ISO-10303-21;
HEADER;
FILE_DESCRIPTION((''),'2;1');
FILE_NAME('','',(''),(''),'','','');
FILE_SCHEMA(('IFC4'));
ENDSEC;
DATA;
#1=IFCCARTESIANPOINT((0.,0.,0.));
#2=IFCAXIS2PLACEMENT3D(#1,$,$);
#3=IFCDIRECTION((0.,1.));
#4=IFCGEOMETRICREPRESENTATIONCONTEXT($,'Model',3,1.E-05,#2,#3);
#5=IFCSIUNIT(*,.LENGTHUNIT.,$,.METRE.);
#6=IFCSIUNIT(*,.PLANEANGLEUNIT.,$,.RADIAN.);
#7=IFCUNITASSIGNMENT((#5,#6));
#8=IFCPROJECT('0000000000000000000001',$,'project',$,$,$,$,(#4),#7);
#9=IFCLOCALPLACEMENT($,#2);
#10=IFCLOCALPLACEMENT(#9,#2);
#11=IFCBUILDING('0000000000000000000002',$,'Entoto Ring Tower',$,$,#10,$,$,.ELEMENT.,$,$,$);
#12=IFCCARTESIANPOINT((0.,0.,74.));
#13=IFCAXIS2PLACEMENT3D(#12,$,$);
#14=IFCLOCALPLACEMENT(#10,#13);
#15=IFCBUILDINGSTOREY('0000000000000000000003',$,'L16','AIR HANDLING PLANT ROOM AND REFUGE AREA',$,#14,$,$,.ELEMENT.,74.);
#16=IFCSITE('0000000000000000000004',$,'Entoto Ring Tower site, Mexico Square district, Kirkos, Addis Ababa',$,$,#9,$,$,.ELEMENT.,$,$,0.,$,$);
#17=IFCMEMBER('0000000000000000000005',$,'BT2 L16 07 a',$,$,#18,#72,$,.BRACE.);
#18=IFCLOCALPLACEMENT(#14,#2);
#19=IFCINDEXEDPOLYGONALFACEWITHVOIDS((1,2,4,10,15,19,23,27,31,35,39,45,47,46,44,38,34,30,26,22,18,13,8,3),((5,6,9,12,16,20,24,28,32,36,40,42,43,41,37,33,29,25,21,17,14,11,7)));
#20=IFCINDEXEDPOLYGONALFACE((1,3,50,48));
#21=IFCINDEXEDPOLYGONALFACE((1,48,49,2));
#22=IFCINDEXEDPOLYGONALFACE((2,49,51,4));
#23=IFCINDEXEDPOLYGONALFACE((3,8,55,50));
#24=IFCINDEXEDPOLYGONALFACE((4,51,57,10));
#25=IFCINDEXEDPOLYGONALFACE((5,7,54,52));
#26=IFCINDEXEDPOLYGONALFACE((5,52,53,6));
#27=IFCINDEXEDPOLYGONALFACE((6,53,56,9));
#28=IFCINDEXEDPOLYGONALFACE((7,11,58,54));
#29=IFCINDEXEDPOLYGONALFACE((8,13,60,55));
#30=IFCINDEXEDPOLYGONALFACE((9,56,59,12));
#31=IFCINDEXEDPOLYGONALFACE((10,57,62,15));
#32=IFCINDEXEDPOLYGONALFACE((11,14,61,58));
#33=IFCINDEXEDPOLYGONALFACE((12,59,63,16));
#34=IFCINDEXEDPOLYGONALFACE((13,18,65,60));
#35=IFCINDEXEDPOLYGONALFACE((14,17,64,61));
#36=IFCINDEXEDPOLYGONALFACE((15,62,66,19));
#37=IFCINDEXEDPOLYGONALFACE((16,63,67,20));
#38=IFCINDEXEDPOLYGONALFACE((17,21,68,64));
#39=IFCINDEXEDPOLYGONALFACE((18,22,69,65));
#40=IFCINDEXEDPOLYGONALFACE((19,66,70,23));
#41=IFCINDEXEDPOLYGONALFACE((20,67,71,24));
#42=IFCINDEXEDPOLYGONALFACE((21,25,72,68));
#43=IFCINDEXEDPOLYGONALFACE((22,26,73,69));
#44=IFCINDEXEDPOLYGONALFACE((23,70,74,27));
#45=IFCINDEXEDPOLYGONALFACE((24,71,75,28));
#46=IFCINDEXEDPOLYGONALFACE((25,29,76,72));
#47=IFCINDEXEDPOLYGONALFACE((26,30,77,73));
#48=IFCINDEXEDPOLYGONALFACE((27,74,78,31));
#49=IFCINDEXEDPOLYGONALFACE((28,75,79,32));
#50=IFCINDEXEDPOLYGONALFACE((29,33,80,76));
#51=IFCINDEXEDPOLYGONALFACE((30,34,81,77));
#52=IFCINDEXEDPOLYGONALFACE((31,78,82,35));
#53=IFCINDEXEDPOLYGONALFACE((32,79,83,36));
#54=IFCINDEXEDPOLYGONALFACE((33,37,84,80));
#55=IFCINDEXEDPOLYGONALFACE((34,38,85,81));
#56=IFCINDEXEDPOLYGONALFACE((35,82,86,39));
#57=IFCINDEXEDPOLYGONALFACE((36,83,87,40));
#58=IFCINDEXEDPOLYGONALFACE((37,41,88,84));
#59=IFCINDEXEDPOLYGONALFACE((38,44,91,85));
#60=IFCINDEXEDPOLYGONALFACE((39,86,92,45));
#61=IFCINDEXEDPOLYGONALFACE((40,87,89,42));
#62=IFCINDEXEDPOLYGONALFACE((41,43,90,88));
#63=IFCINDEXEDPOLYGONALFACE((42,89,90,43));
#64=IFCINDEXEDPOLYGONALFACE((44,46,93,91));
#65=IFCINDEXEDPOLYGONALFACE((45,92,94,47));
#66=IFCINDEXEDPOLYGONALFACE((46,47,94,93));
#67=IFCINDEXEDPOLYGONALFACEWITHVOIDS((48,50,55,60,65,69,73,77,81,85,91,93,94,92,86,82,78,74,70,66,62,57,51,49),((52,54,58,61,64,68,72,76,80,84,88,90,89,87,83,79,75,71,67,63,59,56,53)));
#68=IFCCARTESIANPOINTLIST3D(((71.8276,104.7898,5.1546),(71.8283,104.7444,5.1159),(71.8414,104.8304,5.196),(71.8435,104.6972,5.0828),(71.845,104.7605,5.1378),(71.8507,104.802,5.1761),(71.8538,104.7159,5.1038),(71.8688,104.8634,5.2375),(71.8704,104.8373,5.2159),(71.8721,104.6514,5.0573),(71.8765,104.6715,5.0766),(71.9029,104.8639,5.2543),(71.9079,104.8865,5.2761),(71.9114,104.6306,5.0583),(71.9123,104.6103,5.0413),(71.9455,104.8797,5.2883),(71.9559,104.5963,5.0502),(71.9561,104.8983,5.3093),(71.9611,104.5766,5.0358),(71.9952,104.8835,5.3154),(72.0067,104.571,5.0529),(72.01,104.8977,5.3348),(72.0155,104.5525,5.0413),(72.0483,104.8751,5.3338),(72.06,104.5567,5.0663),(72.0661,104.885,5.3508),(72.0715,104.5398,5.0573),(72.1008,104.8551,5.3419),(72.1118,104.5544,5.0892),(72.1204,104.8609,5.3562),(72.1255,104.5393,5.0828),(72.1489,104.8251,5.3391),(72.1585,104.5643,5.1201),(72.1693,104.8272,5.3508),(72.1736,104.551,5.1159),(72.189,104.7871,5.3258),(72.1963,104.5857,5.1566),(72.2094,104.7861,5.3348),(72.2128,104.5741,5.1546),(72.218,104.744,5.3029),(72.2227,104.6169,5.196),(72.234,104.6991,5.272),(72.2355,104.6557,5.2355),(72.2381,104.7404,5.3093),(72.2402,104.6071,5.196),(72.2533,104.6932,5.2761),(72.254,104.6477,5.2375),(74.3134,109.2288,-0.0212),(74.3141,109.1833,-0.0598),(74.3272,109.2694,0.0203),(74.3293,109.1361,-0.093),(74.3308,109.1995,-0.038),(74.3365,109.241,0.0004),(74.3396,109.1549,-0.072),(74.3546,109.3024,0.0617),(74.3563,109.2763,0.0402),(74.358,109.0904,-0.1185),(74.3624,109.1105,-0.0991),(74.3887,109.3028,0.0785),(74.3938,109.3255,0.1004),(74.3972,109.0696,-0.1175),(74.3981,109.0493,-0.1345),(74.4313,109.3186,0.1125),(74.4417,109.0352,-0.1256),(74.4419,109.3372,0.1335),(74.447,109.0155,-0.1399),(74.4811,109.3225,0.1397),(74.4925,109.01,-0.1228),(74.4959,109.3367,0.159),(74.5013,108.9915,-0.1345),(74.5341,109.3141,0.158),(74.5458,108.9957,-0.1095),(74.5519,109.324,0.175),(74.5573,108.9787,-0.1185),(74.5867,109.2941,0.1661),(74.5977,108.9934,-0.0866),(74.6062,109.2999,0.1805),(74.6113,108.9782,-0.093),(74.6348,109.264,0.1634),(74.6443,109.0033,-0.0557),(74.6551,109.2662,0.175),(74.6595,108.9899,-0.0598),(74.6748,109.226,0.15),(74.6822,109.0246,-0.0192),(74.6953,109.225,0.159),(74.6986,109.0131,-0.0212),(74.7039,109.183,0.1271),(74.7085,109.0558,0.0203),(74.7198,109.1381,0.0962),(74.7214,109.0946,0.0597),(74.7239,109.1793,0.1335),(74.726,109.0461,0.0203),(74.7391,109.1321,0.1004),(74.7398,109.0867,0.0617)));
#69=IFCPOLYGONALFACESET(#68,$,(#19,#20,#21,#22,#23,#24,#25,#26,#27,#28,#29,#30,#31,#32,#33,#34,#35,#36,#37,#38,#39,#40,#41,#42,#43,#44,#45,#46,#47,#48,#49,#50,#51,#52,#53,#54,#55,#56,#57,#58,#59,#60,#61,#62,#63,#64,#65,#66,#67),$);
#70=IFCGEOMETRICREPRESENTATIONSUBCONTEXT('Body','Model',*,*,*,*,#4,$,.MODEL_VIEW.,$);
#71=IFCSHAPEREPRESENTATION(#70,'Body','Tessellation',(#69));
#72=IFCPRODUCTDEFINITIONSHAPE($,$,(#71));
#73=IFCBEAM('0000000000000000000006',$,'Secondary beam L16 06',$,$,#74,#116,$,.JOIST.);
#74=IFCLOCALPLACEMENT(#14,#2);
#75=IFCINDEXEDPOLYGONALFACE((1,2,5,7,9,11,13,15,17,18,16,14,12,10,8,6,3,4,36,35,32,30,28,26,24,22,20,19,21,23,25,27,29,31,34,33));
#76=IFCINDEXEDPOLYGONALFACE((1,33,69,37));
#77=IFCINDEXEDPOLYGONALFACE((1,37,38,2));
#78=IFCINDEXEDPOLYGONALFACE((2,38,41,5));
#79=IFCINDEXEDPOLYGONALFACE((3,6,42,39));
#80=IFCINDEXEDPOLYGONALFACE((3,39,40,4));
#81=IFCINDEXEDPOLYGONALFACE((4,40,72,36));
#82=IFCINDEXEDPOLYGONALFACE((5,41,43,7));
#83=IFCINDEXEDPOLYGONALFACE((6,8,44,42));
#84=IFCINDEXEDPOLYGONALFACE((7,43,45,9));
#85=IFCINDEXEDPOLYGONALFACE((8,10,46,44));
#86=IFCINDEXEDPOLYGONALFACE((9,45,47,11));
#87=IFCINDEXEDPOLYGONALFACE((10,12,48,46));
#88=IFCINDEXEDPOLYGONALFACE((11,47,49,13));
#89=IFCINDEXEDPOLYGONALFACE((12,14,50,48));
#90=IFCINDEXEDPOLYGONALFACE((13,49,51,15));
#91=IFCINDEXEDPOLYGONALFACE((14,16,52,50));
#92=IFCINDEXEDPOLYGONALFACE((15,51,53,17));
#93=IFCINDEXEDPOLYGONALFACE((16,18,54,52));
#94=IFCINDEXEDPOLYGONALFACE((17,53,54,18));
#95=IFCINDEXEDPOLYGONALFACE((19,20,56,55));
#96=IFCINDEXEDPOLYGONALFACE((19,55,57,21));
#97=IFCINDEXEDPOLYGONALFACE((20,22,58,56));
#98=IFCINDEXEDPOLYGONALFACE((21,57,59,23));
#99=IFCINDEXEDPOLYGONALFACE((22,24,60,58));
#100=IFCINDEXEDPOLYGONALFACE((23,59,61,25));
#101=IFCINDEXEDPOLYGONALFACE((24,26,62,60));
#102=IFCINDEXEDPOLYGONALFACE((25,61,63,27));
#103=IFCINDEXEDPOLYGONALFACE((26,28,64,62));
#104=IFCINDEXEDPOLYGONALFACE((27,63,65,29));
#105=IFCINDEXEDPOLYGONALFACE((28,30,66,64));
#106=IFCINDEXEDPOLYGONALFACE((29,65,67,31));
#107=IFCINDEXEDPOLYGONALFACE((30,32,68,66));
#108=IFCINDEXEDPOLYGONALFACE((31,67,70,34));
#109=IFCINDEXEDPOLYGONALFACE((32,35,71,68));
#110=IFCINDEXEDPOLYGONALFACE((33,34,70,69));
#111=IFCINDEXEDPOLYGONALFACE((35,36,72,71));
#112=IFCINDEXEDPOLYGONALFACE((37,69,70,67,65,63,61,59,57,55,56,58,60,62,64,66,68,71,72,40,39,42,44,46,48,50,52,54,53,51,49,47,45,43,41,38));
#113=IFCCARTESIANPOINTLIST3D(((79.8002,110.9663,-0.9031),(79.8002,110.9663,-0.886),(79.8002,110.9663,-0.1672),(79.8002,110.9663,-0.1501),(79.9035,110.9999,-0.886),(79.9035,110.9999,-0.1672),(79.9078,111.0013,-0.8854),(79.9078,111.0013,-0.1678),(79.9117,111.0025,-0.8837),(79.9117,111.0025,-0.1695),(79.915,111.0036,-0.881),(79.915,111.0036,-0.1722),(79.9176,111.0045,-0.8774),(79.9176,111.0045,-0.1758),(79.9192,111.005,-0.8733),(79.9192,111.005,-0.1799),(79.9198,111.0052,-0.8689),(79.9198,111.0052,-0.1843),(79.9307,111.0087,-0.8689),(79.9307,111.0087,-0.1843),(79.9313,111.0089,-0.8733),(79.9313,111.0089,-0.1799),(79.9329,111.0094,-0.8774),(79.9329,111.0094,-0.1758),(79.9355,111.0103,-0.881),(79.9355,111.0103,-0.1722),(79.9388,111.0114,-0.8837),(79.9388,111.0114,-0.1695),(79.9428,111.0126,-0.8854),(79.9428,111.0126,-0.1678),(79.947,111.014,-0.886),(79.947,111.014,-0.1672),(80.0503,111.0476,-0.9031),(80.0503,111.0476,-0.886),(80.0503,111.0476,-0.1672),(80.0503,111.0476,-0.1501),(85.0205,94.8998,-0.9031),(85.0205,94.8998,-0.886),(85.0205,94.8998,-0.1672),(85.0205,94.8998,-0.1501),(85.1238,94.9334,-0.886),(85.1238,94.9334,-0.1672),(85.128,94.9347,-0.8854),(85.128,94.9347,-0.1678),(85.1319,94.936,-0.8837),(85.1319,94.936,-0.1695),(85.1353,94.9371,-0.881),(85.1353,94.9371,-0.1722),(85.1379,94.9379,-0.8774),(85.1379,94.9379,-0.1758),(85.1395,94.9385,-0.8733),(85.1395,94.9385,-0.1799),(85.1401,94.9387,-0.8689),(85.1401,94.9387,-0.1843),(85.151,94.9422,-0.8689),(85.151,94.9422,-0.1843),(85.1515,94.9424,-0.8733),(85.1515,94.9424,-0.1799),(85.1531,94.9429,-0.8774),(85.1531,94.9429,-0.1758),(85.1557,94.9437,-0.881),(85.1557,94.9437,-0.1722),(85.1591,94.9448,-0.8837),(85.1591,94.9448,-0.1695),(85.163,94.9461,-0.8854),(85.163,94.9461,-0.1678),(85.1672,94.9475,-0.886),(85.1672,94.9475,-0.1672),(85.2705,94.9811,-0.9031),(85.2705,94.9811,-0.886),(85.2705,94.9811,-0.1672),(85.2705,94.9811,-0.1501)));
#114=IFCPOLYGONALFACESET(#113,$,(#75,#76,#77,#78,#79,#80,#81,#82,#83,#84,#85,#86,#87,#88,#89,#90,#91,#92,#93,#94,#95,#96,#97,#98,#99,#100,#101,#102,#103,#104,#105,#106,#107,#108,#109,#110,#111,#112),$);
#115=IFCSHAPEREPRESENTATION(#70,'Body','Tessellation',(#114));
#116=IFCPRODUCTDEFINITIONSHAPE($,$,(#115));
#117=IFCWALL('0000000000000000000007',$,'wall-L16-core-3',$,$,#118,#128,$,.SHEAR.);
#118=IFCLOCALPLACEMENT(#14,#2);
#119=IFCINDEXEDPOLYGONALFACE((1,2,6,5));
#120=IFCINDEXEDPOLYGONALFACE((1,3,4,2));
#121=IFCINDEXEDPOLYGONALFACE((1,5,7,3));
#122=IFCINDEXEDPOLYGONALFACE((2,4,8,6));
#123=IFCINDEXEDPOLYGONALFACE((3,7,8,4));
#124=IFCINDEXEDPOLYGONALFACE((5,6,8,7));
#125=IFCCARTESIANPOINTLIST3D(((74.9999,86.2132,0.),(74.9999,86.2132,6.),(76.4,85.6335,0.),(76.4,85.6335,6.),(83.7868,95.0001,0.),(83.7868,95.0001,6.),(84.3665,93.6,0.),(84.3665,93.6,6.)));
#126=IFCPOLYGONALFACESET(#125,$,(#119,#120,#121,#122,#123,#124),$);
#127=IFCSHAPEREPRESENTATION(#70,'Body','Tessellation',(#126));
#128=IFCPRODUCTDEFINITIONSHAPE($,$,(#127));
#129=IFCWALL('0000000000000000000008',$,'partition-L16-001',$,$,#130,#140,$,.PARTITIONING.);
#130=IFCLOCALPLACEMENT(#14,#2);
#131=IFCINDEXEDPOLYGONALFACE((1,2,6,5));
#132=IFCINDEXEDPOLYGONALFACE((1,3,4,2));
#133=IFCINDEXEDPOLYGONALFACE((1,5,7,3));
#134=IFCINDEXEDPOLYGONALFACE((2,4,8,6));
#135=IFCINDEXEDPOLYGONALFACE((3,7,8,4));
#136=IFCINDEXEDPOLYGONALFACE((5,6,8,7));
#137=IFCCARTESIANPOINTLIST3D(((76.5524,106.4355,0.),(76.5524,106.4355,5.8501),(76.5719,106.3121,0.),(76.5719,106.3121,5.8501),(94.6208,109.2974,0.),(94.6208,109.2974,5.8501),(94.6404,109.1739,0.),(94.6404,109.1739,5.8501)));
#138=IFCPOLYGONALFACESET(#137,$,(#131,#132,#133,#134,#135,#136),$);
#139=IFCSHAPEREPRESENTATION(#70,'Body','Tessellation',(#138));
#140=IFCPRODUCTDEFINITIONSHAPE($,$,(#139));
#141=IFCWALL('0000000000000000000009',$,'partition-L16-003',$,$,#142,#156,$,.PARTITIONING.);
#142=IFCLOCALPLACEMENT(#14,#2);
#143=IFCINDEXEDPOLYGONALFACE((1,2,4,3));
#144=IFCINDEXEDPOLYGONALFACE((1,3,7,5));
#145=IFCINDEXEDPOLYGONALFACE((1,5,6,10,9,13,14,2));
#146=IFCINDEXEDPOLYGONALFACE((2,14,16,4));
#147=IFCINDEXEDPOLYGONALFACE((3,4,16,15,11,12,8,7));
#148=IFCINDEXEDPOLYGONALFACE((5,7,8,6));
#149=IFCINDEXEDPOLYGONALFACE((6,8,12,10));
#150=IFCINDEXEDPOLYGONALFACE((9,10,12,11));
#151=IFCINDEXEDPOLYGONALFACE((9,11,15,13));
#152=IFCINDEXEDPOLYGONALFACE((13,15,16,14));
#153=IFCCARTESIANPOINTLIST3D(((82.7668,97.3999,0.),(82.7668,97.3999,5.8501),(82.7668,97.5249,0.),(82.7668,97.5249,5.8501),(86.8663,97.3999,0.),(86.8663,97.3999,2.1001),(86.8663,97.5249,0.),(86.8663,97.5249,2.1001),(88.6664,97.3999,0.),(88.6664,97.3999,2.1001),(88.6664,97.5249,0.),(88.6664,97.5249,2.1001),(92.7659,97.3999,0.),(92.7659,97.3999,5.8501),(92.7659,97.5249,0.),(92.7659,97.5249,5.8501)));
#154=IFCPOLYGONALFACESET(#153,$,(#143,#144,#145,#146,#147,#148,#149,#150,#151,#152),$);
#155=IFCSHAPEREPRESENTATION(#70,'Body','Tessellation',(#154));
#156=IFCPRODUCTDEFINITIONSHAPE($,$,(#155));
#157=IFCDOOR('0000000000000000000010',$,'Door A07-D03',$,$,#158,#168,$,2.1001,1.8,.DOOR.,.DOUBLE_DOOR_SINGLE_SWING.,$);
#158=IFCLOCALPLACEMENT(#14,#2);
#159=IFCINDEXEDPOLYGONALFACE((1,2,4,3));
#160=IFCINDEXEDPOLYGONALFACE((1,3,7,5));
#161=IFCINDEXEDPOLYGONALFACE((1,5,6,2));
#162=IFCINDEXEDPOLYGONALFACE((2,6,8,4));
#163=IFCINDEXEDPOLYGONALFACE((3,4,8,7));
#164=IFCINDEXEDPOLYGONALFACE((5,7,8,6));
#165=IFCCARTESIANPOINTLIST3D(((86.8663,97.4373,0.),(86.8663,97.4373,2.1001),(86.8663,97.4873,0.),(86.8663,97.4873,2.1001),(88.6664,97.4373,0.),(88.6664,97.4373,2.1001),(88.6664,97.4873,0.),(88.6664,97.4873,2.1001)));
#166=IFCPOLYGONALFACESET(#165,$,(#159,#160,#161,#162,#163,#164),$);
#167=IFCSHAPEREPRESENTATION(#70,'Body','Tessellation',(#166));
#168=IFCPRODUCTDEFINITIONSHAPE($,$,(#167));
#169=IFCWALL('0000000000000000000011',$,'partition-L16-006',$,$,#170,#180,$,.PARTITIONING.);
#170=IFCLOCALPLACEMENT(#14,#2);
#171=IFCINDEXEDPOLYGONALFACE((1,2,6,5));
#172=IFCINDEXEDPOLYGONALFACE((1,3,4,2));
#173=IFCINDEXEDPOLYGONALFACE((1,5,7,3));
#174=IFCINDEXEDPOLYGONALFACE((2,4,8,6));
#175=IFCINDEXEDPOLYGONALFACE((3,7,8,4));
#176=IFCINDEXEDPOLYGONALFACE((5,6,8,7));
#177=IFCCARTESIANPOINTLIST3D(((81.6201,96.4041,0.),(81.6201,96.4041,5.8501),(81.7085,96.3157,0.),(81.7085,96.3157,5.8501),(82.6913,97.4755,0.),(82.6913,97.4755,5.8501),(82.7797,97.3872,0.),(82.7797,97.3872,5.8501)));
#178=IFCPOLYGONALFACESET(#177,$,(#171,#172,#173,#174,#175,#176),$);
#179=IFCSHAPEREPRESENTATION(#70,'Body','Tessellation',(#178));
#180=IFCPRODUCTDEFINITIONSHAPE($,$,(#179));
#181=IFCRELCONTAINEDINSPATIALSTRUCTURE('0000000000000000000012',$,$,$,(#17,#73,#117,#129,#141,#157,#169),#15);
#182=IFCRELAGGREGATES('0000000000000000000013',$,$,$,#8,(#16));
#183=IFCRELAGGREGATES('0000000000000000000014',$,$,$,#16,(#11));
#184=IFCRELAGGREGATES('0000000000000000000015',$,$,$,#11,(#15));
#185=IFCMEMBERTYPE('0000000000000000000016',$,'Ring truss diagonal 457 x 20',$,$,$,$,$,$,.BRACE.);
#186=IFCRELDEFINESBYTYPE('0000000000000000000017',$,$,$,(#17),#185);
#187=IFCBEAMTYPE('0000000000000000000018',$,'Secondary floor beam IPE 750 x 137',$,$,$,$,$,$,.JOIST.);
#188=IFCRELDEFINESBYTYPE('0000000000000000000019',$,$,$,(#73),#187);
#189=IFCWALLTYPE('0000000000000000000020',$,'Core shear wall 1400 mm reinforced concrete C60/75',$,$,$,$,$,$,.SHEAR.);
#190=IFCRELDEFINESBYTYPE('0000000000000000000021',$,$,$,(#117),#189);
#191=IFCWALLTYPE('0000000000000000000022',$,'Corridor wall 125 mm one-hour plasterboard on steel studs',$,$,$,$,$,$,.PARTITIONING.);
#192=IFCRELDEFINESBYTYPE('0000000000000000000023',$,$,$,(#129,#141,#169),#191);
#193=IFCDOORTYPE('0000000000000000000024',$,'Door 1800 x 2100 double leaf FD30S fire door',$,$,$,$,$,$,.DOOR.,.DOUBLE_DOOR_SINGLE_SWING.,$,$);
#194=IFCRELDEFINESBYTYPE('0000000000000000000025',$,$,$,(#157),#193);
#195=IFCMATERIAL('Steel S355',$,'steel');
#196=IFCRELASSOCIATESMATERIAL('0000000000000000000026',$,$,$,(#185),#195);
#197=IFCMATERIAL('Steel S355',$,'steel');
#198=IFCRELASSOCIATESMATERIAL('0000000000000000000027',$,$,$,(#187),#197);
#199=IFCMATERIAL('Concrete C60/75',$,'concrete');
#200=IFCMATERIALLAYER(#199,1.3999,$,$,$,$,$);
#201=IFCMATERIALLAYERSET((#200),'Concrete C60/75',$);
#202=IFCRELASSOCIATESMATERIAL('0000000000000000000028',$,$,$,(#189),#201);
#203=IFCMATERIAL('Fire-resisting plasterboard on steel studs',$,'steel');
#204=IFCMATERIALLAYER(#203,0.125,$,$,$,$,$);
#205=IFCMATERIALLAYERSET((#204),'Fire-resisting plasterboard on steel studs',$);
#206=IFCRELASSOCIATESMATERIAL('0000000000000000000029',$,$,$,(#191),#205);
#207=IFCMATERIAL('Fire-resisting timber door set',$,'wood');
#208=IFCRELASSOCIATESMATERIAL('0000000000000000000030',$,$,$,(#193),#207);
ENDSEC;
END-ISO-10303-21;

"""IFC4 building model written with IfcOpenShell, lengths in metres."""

from ifc_helpers import new_model, si_unit, direction, frame, frame_2d, origin, origin_2d, place, context, subcontext, project, spatial, polyline, rectangle, circle, hollow_circle, i_section, outline, extrude, material, layer, layer_set, material_profile, profile_set, type_object, element, fill, save


model = new_model("IFC4")

# Units and contexts
model_context = context("Model", 3, precision=1e-05, world=origin(), true_north=direction((0.0, 1.0)))
body_context = subcontext(model_context, "Body", "Model", "MODEL_VIEW")
ifc_project = project(units=[si_unit("LENGTHUNIT", "METRE"), si_unit("PLANEANGLEUNIT", "RADIAN")], contexts=[model_context])

# Site, building, storey
site_placement = place(None, origin())
site = spatial("IfcSite", under=ifc_project, at=site_placement, Name="Entoto Ring Tower site, Mexico Square district, Kirkos, Addis Ababa", CompositionType="ELEMENT", RefElevation=0.0)
building_placement = place(site_placement, origin())
building = spatial("IfcBuilding", under=site, at=building_placement, Name="Entoto Ring Tower", CompositionType="ELEMENT")
storey_placement = place(building_placement, frame((0.0, 0.0, 74.0)))
storey = spatial("IfcBuildingStorey", under=building, at=storey_placement, Name="L16", Description="AIR HANDLING PLANT ROOM AND REFUGE AREA", CompositionType="ELEMENT", Elevation=74.0)

# Member
ifc_material_1 = material(Name="Steel S355", Category="steel")
ifc_material_profile_1 = material_profile(ifc_material_1, hollow_circle(Radius=0.2285, WallThickness=0.02, at=origin_2d()), Name="CHS 457 x 20")
ifc_material_2 = material(Name="Concrete C60/75", Category="concrete")
ifc_material_profile_2 = material_profile(ifc_material_2, circle(Radius=0.2085, at=origin_2d()), Name="Concrete C60/75 infill")
ifc_profile_set_1 = profile_set([ifc_material_profile_1, ifc_material_profile_2], Name="Steel S355")
member_type_1 = type_object("IfcMemberType", Name="Ring truss diagonal 457 x 20", PredefinedType="BRACE", material=ifc_profile_set_1)
for number, where, z_axis, x_axis, name in (
    (1, (74.5266, 109.1577, 0.0203), (-0.342516, -0.611631, 0.713155), (0.872504, -0.488606, 0.0), "BT2 L16 07 a"),
):
    element("IfcMember", number, at=place(storey_placement, frame(where, z_axis=z_axis, x_axis=x_axis)), inside=storey, type_object=member_type_1, Name=name, PredefinedType="BRACE", context=body_context, shape_type="SweptSolid", body=[
        extrude(hollow_circle(Radius=0.2285, WallThickness=0.02, at=origin_2d()), origin(), (0.0, 0.0, 1.0), 7.2576),
    ])

# Beam
ifc_material_3 = material(Name="Steel S355", Category="steel")
ifc_material_profile_3 = material_profile(ifc_material_3, i_section(OverallWidth=0.2629, OverallDepth=0.7529, WebThickness=0.0115, FlangeThickness=0.0171, FilletRadius=0.0171, at=origin_2d()), Name="IPE 750 x 137")
ifc_profile_set_2 = profile_set([ifc_material_profile_3], Name="Steel S355")
beam_type_1 = type_object("IfcBeamType", Name="Secondary floor beam IPE 750 x 137", PredefinedType="JOIST", material=ifc_profile_set_2)
beam_1_placement = place(storey_placement, frame((85.1455, 94.9404, -0.5266), z_axis=(-0.309013, 0.951058, 0.0), x_axis=(-0.951058, -0.309013, 0.0)))
element("IfcBeam", 2, at=beam_1_placement, inside=storey, type_object=beam_type_1, Name="Secondary beam L16 06", PredefinedType="JOIST", context=body_context, shape_type="SweptSolid", body=[
    extrude(i_section(OverallWidth=0.2629, OverallDepth=0.7529, WebThickness=0.0115, FlangeThickness=0.0171, FilletRadius=0.0171, at=origin_2d()), origin(), (0.0, 0.0, 1.0), 16.8933),
])

# Walls
ifc_material_4 = material(Name="Concrete C60/75", Category="concrete")
ifc_layer_1 = layer(ifc_material_4, 1.3999)
ifc_layer_set_1 = layer_set([ifc_layer_1], Name="Concrete C60/75")
wall_type_1 = type_object("IfcWallType", Name="Core shear wall 1400 mm reinforced concrete C60/75", PredefinedType="SHEAR", material=ifc_layer_set_1)
wall_1_placement = place(storey_placement, frame((84.0767, 94.3, 0.0), z_axis=(0.0, 0.0, 1.0), x_axis=(-0.707107, -0.707107, 0.0)))
element("IfcWall", 3, at=wall_1_placement, inside=storey, type_object=wall_type_1, Name="wall-L16-core-3", PredefinedType="SHEAR", context=body_context, shape_type="SweptSolid", body=[
    extrude(outline(polyline([(-0.29, -0.7), (12.1365, -0.7), (11.5564, 0.7), (0.29, 0.7), (-0.29, -0.7)])), origin(), (0.0, 0.0, 1.0), 6.0),
])
ifc_material_5 = material(Name="Fire-resisting plasterboard on steel studs", Category="steel")
ifc_layer_2 = layer(ifc_material_5, 0.125)
ifc_layer_set_2 = layer_set([ifc_layer_2], Name="Fire-resisting plasterboard on steel studs")
wall_type_2 = type_object("IfcWallType", Name="Corridor wall 125 mm one-hour plasterboard on steel studs", PredefinedType="PARTITIONING", material=ifc_layer_set_2)
wall_2_placement = place(storey_placement, frame((76.562, 106.3738, 0.0), z_axis=(0.0, 0.0, 1.0), x_axis=(0.987688, 0.156438, 0.0)))
element("IfcWall", 4, at=wall_2_placement, inside=storey, type_object=wall_type_2, Name="partition-L16-001", PredefinedType="PARTITIONING", context=body_context, shape_type="SweptSolid", body=[
    extrude(rectangle(XDim=18.2937, YDim=0.125, at=frame_2d((9.147, 0.0))), origin(), (0.0, 0.0, 1.0), 5.8501),
])

# Wall, opening, door
wall_3_placement = place(storey_placement, frame((82.7668, 97.4624, 0.0), z_axis=(0.0, 0.0, 1.0), x_axis=(1.0, 0.0, 0.0)))
wall_3 = element("IfcWall", 5, at=wall_3_placement, inside=storey, type_object=wall_type_2, Name="partition-L16-003", PredefinedType="PARTITIONING", context=body_context, shape_type="SweptSolid", body=[
    extrude(rectangle(XDim=9.999, YDim=0.125, at=frame_2d((4.9995, 0.0))), origin(), (0.0, 0.0, 1.0), 5.8501),
])
opening_placement = place(wall_3_placement, frame((4.0996, 0.0, 0.0)))
opening = element("IfcOpeningElement", 6, at=opening_placement, cuts=wall_3, PredefinedType="OPENING", context=body_context, shape_type="SweptSolid", body=[
    extrude(rectangle(XDim=1.8, YDim=2.1001, at=frame_2d((0.8999, 1.05))), frame((0.0, 0.0725, 0.0), z_axis=(0.0, -1.0, 0.0), x_axis=(1.0, 0.0, 0.0)), (0.0, 0.0, 1.0), 0.145),
])
ifc_material_6 = material(Name="Fire-resisting timber door set", Category="wood")
door_type = type_object("IfcDoorType", Name="Door 1800 x 2100 double leaf FD30S fire door", OperationType="DOUBLE_DOOR_SINGLE_SWING", PredefinedType="DOOR", material=ifc_material_6)
door_placement = place(opening_placement, origin())
door = element("IfcDoor", 7, at=door_placement, inside=storey, type_object=door_type, Name="Door A07-D03", OperationType="DOUBLE_DOOR_SINGLE_SWING", OverallHeight=2.1001, OverallWidth=1.8, PredefinedType="DOOR", context=body_context, shape_type="SweptSolid", body=[
    extrude(rectangle(XDim=1.8, YDim=2.1001, at=frame_2d((0.8999, 1.05))), frame((0.0, 0.0249, 0.0), z_axis=(0.0, -1.0, 0.0), x_axis=(1.0, 0.0, 0.0)), (0.0, 0.0, 1.0), 0.05),
])
fill(opening, door)

# Wall
wall_4_placement = place(storey_placement, frame((81.6643, 96.3599, 0.0), z_axis=(0.0, 0.0, 1.0), x_axis=(0.707026, 0.707187, 0.0)))
element("IfcWall", 8, at=wall_4_placement, inside=storey, type_object=wall_type_2, Name="partition-L16-006", PredefinedType="PARTITIONING", context=body_context, shape_type="SweptSolid", body=[
    extrude(rectangle(XDim=1.5151, YDim=0.125, at=frame_2d((0.7576, 0.0))), origin(), (0.0, 0.0, 1.0), 5.8501),
])

save(model, "model.ifc")
